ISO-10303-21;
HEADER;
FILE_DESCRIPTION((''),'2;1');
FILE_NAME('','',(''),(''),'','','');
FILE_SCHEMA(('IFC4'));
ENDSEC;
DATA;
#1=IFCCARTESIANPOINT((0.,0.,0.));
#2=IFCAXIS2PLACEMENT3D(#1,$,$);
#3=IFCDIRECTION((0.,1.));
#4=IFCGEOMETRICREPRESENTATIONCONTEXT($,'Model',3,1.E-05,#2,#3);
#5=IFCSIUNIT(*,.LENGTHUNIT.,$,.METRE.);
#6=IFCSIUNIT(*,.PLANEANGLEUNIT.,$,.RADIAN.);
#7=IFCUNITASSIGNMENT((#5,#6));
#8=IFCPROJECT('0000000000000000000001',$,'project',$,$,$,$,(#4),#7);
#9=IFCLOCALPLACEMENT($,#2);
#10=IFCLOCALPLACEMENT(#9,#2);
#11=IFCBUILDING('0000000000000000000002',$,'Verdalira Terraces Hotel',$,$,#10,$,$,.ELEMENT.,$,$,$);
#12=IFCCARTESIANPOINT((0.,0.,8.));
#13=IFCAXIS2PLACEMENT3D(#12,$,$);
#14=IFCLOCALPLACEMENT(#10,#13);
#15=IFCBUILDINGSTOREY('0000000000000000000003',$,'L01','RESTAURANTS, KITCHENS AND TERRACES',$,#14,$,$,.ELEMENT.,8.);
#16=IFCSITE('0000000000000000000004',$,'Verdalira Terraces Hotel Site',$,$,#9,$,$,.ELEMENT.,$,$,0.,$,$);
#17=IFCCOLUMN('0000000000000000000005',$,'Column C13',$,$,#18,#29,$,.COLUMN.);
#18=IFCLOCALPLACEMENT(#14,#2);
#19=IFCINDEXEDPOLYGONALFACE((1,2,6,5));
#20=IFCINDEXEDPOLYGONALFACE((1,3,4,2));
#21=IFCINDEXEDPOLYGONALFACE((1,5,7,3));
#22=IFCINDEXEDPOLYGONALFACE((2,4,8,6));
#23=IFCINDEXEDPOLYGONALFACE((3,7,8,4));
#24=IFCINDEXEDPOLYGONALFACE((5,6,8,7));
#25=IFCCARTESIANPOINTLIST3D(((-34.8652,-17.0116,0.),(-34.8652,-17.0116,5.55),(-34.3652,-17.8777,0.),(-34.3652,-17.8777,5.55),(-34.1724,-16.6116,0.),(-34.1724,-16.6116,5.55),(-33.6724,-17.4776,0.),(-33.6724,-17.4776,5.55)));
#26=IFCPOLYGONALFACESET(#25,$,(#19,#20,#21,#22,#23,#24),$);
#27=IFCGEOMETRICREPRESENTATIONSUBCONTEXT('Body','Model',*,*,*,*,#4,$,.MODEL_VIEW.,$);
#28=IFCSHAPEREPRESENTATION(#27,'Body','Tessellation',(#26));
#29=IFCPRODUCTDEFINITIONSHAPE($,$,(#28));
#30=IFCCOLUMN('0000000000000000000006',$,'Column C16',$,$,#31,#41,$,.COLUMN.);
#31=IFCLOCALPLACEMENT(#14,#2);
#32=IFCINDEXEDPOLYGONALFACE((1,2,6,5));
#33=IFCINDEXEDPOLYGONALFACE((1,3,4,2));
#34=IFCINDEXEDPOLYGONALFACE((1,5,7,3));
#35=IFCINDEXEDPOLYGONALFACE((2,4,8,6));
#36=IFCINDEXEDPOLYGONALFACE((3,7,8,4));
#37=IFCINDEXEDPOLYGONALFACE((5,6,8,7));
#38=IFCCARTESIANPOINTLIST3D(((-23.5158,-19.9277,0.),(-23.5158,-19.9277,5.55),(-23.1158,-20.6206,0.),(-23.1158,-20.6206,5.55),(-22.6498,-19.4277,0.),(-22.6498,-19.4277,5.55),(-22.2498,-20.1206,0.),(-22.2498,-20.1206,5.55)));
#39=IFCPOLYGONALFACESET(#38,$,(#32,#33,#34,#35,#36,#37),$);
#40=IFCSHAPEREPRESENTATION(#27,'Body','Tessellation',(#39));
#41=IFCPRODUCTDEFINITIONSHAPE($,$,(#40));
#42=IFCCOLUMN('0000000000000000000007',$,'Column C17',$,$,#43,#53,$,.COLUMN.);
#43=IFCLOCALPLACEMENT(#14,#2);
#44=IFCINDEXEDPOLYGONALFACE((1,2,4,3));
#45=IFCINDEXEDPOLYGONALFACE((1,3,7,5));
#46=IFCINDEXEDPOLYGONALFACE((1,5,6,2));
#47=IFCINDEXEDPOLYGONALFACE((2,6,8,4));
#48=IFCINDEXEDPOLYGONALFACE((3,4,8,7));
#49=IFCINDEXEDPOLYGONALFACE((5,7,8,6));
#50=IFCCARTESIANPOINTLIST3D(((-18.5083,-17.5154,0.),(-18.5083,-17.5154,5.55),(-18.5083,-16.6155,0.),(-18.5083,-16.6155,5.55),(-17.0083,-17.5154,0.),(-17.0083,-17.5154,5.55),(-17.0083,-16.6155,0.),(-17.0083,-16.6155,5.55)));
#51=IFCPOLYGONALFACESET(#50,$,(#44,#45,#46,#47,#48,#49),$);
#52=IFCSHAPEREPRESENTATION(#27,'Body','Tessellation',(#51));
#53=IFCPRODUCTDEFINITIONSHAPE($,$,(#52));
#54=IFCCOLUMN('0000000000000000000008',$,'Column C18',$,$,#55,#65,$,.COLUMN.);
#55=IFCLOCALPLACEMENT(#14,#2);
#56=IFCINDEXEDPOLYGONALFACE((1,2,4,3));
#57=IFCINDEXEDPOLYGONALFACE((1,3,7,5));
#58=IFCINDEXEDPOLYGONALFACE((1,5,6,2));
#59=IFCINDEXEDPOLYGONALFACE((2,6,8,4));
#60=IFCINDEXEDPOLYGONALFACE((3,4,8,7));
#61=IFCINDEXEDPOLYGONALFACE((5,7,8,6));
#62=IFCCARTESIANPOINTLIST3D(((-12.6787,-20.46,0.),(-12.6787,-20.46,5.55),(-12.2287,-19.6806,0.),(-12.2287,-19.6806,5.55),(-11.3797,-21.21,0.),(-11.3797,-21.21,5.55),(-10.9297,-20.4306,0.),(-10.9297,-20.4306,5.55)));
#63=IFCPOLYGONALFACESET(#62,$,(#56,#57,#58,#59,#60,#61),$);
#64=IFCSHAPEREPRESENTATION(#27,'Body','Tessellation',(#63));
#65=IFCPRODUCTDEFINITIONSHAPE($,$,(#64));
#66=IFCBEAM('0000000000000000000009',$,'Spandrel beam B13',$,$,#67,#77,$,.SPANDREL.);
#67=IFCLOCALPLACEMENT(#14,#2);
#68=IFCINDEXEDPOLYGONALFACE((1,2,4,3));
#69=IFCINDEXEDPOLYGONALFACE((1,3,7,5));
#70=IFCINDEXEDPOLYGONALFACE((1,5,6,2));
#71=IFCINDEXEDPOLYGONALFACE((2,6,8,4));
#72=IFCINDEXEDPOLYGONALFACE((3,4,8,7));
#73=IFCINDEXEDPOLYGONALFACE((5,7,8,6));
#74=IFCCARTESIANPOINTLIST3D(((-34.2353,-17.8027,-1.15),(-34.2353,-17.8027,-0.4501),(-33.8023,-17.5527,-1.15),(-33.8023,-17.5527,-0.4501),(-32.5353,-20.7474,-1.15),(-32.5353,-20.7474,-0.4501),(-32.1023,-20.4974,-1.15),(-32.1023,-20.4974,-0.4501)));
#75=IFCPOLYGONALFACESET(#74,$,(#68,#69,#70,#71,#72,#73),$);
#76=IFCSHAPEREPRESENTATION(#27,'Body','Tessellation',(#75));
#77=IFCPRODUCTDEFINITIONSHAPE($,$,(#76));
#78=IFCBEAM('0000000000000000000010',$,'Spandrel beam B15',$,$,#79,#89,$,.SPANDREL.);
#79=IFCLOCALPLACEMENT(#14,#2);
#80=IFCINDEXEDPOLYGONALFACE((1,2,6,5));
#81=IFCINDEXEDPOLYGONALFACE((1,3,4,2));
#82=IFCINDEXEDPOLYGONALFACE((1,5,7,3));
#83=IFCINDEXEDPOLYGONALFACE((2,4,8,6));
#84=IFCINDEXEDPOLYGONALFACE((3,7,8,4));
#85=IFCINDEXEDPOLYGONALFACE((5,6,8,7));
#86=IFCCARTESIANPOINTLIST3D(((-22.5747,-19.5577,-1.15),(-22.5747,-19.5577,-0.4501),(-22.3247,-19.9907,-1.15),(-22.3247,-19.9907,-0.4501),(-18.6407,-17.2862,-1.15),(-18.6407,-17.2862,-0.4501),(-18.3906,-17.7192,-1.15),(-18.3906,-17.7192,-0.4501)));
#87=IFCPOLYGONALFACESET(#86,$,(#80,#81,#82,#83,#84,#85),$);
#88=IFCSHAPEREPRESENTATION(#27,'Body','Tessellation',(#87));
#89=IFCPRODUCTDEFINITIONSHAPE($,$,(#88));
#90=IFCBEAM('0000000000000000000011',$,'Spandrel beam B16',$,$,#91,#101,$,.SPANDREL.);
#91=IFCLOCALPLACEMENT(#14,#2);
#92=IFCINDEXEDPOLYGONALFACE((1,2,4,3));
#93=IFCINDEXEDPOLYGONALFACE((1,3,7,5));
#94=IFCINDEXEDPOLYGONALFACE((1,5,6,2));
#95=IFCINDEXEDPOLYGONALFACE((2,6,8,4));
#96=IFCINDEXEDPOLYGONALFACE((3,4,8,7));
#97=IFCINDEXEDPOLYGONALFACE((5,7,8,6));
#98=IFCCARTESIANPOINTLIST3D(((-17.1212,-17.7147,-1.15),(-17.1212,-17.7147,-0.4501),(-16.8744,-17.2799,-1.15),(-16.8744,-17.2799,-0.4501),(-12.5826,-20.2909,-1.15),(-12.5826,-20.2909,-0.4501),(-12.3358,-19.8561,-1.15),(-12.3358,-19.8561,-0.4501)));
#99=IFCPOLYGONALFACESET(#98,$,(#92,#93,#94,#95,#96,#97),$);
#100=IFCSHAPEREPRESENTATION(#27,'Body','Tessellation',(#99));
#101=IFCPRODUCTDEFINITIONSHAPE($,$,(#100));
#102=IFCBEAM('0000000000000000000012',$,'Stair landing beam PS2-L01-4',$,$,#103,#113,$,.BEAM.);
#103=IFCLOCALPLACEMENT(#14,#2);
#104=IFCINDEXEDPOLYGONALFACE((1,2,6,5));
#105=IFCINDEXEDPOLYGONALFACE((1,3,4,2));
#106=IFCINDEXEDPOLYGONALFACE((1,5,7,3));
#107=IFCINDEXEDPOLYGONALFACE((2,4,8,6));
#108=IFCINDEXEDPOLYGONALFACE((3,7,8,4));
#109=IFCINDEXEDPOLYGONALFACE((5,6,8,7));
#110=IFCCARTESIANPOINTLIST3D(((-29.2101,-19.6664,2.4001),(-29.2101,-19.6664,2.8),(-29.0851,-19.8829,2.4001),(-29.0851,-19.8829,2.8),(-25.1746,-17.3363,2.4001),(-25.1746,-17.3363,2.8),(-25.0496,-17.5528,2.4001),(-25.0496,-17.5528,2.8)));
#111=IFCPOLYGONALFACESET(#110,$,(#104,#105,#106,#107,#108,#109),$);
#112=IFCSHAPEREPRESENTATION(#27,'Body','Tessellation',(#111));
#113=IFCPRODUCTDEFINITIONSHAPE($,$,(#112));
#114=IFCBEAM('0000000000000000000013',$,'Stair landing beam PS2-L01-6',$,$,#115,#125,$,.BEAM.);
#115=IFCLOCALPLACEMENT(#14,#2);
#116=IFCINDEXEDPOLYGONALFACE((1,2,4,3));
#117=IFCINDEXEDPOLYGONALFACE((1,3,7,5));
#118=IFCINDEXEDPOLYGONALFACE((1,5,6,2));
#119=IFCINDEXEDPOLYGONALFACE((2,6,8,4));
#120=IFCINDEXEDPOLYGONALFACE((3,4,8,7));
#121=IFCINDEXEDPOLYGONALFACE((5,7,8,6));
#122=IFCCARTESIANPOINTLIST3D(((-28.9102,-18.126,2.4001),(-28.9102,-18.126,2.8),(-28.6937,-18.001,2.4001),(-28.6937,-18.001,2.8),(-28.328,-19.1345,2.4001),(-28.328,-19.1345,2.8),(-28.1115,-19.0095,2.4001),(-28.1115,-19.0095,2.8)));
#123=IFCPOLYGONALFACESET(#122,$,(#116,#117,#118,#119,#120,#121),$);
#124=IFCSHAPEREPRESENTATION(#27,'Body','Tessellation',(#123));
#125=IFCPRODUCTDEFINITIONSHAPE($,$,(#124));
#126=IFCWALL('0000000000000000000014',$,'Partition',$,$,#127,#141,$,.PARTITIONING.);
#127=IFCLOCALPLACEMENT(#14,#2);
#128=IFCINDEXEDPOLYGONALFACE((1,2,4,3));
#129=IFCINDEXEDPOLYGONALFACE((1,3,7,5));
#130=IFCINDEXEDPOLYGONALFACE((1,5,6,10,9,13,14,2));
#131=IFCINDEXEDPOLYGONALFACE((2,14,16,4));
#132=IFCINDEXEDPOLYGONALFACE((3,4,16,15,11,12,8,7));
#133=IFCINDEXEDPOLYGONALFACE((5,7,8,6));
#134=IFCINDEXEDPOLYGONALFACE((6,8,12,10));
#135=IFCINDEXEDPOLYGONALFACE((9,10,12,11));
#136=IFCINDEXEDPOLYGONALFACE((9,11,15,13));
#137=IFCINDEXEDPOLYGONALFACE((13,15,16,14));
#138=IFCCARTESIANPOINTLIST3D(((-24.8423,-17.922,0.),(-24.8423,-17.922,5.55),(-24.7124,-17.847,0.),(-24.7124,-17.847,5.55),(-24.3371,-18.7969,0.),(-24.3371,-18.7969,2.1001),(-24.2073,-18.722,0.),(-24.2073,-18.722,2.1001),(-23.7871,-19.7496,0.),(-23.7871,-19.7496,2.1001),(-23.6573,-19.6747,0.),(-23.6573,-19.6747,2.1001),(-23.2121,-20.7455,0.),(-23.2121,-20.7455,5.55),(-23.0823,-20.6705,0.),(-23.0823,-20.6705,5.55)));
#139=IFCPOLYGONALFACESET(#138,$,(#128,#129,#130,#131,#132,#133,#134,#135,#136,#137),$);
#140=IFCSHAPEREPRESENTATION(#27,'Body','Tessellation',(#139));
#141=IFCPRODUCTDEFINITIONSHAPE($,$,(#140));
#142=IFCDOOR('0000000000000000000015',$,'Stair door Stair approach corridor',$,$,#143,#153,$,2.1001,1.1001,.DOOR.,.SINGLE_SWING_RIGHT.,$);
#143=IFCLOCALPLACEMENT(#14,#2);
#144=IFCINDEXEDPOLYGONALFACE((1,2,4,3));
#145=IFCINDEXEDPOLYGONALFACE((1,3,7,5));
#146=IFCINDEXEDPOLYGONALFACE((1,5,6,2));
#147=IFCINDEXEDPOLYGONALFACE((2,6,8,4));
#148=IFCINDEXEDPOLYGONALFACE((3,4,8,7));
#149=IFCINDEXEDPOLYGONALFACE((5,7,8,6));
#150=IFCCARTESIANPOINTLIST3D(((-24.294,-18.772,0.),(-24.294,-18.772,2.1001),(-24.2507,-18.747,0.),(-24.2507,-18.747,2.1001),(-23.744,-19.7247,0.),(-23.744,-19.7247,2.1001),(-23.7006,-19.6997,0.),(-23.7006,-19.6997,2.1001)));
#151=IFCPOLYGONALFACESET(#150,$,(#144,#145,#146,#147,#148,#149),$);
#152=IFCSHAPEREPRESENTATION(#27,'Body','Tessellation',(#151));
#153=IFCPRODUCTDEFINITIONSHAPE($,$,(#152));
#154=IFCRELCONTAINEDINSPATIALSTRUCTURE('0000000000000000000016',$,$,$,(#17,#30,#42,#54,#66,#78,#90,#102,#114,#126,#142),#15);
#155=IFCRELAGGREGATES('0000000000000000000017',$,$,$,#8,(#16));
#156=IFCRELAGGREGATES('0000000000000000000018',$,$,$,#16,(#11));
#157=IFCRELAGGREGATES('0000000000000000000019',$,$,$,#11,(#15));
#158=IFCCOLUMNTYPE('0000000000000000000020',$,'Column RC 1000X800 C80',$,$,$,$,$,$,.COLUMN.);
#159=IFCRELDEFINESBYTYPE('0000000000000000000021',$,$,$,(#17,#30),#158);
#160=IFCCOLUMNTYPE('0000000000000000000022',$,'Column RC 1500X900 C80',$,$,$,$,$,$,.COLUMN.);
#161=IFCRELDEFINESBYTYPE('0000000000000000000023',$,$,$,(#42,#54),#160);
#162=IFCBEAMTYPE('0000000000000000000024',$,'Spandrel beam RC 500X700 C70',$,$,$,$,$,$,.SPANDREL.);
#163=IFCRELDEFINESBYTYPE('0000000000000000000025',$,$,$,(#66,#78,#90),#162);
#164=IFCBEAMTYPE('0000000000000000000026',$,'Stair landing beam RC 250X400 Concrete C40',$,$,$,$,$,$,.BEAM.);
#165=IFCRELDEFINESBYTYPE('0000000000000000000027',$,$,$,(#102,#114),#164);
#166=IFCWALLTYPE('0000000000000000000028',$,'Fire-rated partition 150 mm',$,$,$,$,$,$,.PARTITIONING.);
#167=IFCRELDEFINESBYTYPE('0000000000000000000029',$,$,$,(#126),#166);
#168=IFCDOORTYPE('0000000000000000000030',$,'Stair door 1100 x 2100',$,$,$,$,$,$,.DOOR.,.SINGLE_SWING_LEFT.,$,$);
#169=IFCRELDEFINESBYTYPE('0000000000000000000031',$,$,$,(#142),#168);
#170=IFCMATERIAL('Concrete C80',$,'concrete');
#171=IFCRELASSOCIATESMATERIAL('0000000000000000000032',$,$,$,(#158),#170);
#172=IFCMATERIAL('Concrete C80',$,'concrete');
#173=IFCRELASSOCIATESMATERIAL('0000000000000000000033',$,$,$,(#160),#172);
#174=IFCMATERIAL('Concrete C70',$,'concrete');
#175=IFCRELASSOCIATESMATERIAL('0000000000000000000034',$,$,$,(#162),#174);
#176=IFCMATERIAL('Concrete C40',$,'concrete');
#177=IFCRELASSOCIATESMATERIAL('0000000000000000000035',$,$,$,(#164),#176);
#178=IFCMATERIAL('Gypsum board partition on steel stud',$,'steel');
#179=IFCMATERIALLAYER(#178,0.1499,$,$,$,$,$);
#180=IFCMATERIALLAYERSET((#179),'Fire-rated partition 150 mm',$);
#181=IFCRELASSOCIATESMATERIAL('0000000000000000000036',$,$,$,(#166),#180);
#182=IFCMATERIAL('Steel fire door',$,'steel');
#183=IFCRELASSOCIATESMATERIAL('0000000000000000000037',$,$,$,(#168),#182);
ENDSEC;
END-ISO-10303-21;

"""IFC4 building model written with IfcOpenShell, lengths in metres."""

from ifc_helpers import new_model, si_unit, direction, frame, frame_2d, origin, origin_2d, place, context, subcontext, project, spatial, rectangle, extrude, material, layer, layer_set, material_profile, profile_set, type_object, element, fill, save


model = new_model("IFC4")

# Units and contexts
model_context = context("Model", 3, precision=1e-05, world=origin(), true_north=direction((0.0, 1.0)))
body_context = subcontext(model_context, "Body", "Model", "MODEL_VIEW")
ifc_project = project(units=[si_unit("LENGTHUNIT", "METRE"), si_unit("PLANEANGLEUNIT", "RADIAN")], contexts=[model_context])

# Site, building, storey
site_placement = place(None, origin())
site = spatial("IfcSite", under=ifc_project, at=site_placement, Name="Verdalira Terraces Hotel Site", CompositionType="ELEMENT", RefElevation=0.0)
building_placement = place(site_placement, origin())
building = spatial("IfcBuilding", under=site, at=building_placement, Name="Verdalira Terraces Hotel", CompositionType="ELEMENT")
storey_placement = place(building_placement, frame((0.0, 0.0, 8.0)))
storey = spatial("IfcBuildingStorey", under=building, at=storey_placement, Name="L01", Description="RESTAURANTS, KITCHENS AND TERRACES", CompositionType="ELEMENT", Elevation=8.0)

# Columns
ifc_material_1 = material(Name="Concrete C80", Category="concrete")
ifc_material_profile_1 = material_profile(ifc_material_1, rectangle(XDim=1.0, YDim=0.8, at=origin_2d()), Name="RC 1000X800")
ifc_profile_set_1 = profile_set([ifc_material_profile_1], Name="Concrete C80")
column_type_1 = type_object("IfcColumnType", Name="Column RC 1000X800 C80", PredefinedType="COLUMN", material=ifc_profile_set_1)
for number, where, z_axis, x_axis, name in (
    (1, (-34.2688, -17.2446, 0.0), (0.0, 0.0, 1.0), (0.5, -0.866025, 0.0), "Column C13"),
    (2, (-22.8828, -20.0242, 0.0), (0.0, 0.0, 1.0), (0.866025, 0.5, 0.0), "Column C16"),
):
    element("IfcColumn", number, at=place(storey_placement, frame(where, z_axis=z_axis, x_axis=x_axis)), inside=storey, type_object=column_type_1, Name=name, PredefinedType="COLUMN", context=body_context, shape_type="SweptSolid", body=[
        extrude(rectangle(XDim=1.0, YDim=0.8, at=origin_2d()), origin(), (0.0, 0.0, 1.0), 5.55),
    ])
ifc_material_2 = material(Name="Concrete C80", Category="concrete")
ifc_material_profile_2 = material_profile(ifc_material_2, rectangle(XDim=1.5, YDim=0.8999, at=origin_2d()), Name="RC 1500X900")
ifc_profile_set_2 = profile_set([ifc_material_profile_2], Name="Concrete C80")
column_type_2 = type_object("IfcColumnType", Name="Column RC 1500X900 C80", PredefinedType="COLUMN", material=ifc_profile_set_2)
for number, where, z_axis, x_axis, name in (
    (3, (-17.7583, -17.0654, 0.0), (0.0, 0.0, 1.0), (-1.0, 0.0, 0.0), "Column C17"),
    (4, (-11.8042, -20.4453, 0.0), (0.0, 0.0, 1.0), (0.866025, -0.5, 0.0), "Column C18"),
):
    element("IfcColumn", number, at=place(storey_placement, frame(where, z_axis=z_axis, x_axis=x_axis)), inside=storey, type_object=column_type_2, Name=name, PredefinedType="COLUMN", context=body_context, shape_type="SweptSolid", body=[
        extrude(rectangle(XDim=1.5, YDim=0.8999, at=origin_2d()), origin(), (0.0, 0.0, 1.0), 5.55),
    ])

# Beams
ifc_material_3 = material(Name="Concrete C70", Category="concrete")
ifc_material_profile_3 = material_profile(ifc_material_3, rectangle(XDim=0.5, YDim=0.7, at=origin_2d()), Name="RC 500X700")
ifc_profile_set_3 = profile_set([ifc_material_profile_3], Name="Concrete C70")
beam_type_1 = type_object("IfcBeamType", Name="Spandrel beam RC 500X700 C70", PredefinedType="SPANDREL", material=ifc_profile_set_3)
beam_1_placement = place(storey_placement, frame((-34.0188, -17.6777, -0.8), z_axis=(0.499977, -0.866039, 0.0), x_axis=(0.866039, 0.499977, 0.0)))
element("IfcBeam", 5, at=beam_1_placement, inside=storey, type_object=beam_type_1, Name="Spandrel beam B13", PredefinedType="SPANDREL", context=body_context, shape_type="SweptSolid", body=[
    extrude(rectangle(XDim=0.5, YDim=0.7, at=origin_2d()), origin(), (0.0, 0.0, 1.0), 3.4001),
])
beam_2_placement = place(storey_placement, frame((-22.4497, -19.7742, -0.8), z_axis=(0.866012, 0.500023, 0.0), x_axis=(-0.500023, 0.866012, 0.0)))
element("IfcBeam", 6, at=beam_2_placement, inside=storey, type_object=beam_type_1, Name="Spandrel beam B15", PredefinedType="SPANDREL", context=body_context, shape_type="SweptSolid", body=[
    extrude(rectangle(XDim=0.5, YDim=0.7, at=origin_2d()), origin(), (0.0, 0.0, 1.0), 4.5427),
])
beam_3_placement = place(storey_placement, frame((-16.9978, -17.4973, -0.8), z_axis=(0.869667, -0.493638, 0.0), x_axis=(0.493638, 0.869667, 0.0)))
element("IfcBeam", 7, at=beam_3_placement, inside=storey, type_object=beam_type_1, Name="Spandrel beam B16", PredefinedType="SPANDREL", context=body_context, shape_type="SweptSolid", body=[
    extrude(rectangle(XDim=0.5, YDim=0.7, at=origin_2d()), origin(), (0.0, 0.0, 1.0), 5.2188),
])
ifc_material_4 = material(Name="Concrete C40", Category="concrete")
ifc_material_profile_4 = material_profile(ifc_material_4, rectangle(XDim=0.25, YDim=0.3999, at=origin_2d()), Name="RC 250X400")
ifc_profile_set_4 = profile_set([ifc_material_profile_4], Name="Concrete C40")
beam_type_2 = type_object("IfcBeamType", Name="Stair landing beam RC 250X400 Concrete C40", PredefinedType="BEAM", material=ifc_profile_set_4)
beam_4_placement = place(storey_placement, frame((-25.1121, -17.4446, 2.6001), z_axis=(-0.866016, -0.500016, 0.0), x_axis=(0.500016, -0.866016, 0.0)))
element("IfcBeam", 8, at=beam_4_placement, inside=storey, type_object=beam_type_2, Name="Stair landing beam PS2-L01-4", PredefinedType="BEAM", context=body_context, shape_type="SweptSolid", body=[
    extrude(rectangle(XDim=0.25, YDim=0.3999, at=origin_2d()), origin(), (0.0, 0.0, 1.0), 4.6599),
])
beam_5_placement = place(storey_placement, frame((-28.2197, -19.072, 2.6001), z_axis=(-0.499995, 0.866028, 0.0), x_axis=(-0.866028, -0.499995, 0.0)))
element("IfcBeam", 9, at=beam_5_placement, inside=storey, type_object=beam_type_2, Name="Stair landing beam PS2-L01-6", PredefinedType="BEAM", context=body_context, shape_type="SweptSolid", body=[
    extrude(rectangle(XDim=0.25, YDim=0.3999, at=origin_2d()), origin(), (0.0, 0.0, 1.0), 1.1646),
])

# Wall, opening, door
ifc_material_5 = material(Name="Gypsum board partition on steel stud", Category="steel")
ifc_layer_1 = layer(ifc_material_5, 0.1499)
ifc_layer_set_1 = layer_set([ifc_layer_1], Name="Fire-rated partition 150 mm")
wall_type_1 = type_object("IfcWallType", Name="Fire-rated partition 150 mm", PredefinedType="PARTITIONING", material=ifc_layer_set_1)
wall_1_placement = place(storey_placement, frame((-24.7773, -17.8845, 0.0), z_axis=(0.0, 0.0, 1.0), x_axis=(0.499997, -0.866027, 0.0)))
wall_1 = element("IfcWall", 10, at=wall_1_placement, inside=storey, type_object=wall_type_1, Name="Partition", PredefinedType="PARTITIONING", context=body_context, shape_type="SweptSolid", body=[
    extrude(rectangle(XDim=3.2603, YDim=0.1499, at=frame_2d((1.6301, 0.0))), origin(), (0.0, 0.0, 1.0), 5.55),
])
opening_1_placement = place(wall_1_placement, frame((1.0103, 0.0, 0.0)))
opening_1 = element("IfcOpeningElement", 11, at=opening_1_placement, cuts=wall_1, PredefinedType="OPENING", context=body_context, shape_type="SweptSolid", body=[
    extrude(rectangle(XDim=1.1001, YDim=2.1001, at=frame_2d((0.55, 1.05))), frame((0.0, 0.085, 0.0), z_axis=(0.0, -1.0, 0.0), x_axis=(1.0, 0.0, 0.0)), (0.0, 0.0, 1.0), 0.1699),
])
ifc_material_6 = material(Name="Steel fire door", Category="steel")
door_type_1 = type_object("IfcDoorType", Name="Stair door 1100 x 2100", OperationType="SINGLE_SWING_LEFT", PredefinedType="DOOR", material=ifc_material_6)
door_1_placement = place(opening_1_placement, origin())
door_1 = element("IfcDoor", 12, at=door_1_placement, inside=storey, type_object=door_type_1, Name="Stair door Stair approach corridor", OperationType="SINGLE_SWING_RIGHT", OverallHeight=2.1001, OverallWidth=1.1001, PredefinedType="DOOR", context=body_context, shape_type="SweptSolid", body=[
    extrude(rectangle(XDim=1.1001, YDim=2.1001, at=frame_2d((0.55, 1.05))), frame((0.0, 0.0249, 0.0), z_axis=(0.0, -1.0, 0.0), x_axis=(1.0, 0.0, 0.0)), (0.0, 0.0, 1.0), 0.05),
])
fill(opening_1, door_1)

save(model, "model.ifc")
